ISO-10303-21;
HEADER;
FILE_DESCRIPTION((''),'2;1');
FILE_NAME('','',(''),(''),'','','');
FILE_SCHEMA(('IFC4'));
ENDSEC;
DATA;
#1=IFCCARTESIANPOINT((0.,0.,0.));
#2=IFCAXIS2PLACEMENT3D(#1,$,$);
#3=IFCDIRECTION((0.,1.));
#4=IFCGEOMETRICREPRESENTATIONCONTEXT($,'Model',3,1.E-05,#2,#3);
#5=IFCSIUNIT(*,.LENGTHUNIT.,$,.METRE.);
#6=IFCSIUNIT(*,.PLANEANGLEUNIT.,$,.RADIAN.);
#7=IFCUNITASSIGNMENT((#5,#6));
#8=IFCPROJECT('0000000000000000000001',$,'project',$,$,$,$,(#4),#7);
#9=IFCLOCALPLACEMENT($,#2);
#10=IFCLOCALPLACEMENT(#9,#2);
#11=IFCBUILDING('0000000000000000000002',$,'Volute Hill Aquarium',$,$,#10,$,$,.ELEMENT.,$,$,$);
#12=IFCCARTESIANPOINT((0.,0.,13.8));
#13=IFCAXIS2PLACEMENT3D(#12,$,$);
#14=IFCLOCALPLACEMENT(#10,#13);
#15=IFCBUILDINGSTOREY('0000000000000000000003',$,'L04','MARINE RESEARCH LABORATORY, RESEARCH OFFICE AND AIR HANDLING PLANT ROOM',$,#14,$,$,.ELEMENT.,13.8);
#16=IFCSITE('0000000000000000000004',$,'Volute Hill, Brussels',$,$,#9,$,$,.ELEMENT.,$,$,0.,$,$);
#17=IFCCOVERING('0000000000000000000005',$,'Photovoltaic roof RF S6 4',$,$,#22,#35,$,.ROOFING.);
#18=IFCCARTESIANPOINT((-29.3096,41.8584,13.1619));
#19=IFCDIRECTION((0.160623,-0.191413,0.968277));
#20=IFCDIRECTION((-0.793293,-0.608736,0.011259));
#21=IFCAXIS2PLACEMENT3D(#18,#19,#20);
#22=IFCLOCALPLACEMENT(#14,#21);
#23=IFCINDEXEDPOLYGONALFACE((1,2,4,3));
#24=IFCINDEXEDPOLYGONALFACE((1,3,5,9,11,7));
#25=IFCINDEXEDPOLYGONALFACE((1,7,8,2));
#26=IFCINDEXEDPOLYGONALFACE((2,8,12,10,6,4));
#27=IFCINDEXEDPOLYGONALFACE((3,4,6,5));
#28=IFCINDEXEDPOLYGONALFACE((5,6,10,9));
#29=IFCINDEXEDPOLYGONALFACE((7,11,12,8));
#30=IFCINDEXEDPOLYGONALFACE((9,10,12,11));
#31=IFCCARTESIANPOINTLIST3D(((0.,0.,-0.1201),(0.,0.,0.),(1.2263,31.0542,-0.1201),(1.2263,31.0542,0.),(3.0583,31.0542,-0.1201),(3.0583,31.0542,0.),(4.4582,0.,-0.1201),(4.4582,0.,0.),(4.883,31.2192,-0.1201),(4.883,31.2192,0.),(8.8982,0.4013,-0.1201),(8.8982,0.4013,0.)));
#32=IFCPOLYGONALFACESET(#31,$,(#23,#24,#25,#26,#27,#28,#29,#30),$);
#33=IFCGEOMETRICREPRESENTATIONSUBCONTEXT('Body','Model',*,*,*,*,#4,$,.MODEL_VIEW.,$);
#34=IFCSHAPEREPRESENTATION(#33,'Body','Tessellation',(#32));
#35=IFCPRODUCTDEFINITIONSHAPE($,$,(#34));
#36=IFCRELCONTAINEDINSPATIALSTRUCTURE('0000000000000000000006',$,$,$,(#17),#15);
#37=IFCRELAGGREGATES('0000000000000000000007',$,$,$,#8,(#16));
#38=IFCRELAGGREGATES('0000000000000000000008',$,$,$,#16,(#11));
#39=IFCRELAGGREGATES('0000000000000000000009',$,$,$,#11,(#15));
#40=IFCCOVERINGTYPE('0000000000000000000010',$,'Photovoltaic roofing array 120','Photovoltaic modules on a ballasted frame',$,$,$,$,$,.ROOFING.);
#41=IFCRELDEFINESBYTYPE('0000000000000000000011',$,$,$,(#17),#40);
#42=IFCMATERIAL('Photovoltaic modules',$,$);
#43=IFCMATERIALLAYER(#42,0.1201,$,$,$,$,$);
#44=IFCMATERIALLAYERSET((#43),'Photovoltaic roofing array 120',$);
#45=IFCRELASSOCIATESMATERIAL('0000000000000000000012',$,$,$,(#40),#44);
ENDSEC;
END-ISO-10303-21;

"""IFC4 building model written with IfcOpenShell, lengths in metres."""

from ifc_helpers import new_model, si_unit, direction, frame, origin, place, context, subcontext, project, spatial, polyline, outline, extrude, material, layer, layer_set, type_object, element, save


model = new_model("IFC4")

# Units and contexts
model_context = context("Model", 3, precision=1e-05, world=origin(), true_north=direction((0.0, 1.0)))
body_context = subcontext(model_context, "Body", "Model", "MODEL_VIEW")
ifc_project = project(units=[si_unit("LENGTHUNIT", "METRE"), si_unit("PLANEANGLEUNIT", "RADIAN")], contexts=[model_context])

# Site, building, storey
site_placement = place(None, origin())
site = spatial("IfcSite", under=ifc_project, at=site_placement, Name="Volute Hill, Brussels", CompositionType="ELEMENT", RefElevation=0.0)
building_placement = place(site_placement, origin())
building = spatial("IfcBuilding", under=site, at=building_placement, Name="Volute Hill Aquarium", CompositionType="ELEMENT")
storey_placement = place(building_placement, frame((0.0, 0.0, 13.8)))
storey = spatial("IfcBuildingStorey", under=building, at=storey_placement, Name="L04", Description="MARINE RESEARCH LABORATORY, RESEARCH OFFICE AND AIR HANDLING PLANT ROOM", CompositionType="ELEMENT", Elevation=13.8)

# Covering
ifc_material_1 = material(Name="Photovoltaic modules")
ifc_layer_1 = layer(ifc_material_1, 0.1201)
ifc_layer_set_1 = layer_set([ifc_layer_1], Name="Photovoltaic roofing array 120")
covering_type_1 = type_object("IfcCoveringType", Name="Photovoltaic roofing array 120", Description="Photovoltaic modules on a ballasted frame", PredefinedType="ROOFING", material=ifc_layer_set_1)
covering_1_placement = place(storey_placement, frame((-29.3096, 41.8584, 13.1619), z_axis=(0.160623, -0.191413, 0.968277), x_axis=(-0.793293, -0.608736, 0.011259)))
element("IfcCovering", 1, at=covering_1_placement, inside=storey, type_object=covering_type_1, Name="Photovoltaic roof RF S6 4", PredefinedType="ROOFING", context=body_context, shape_type="SweptSolid", body=[
    extrude(outline(polyline([(0.0, 0.0), (4.4582, 0.0), (8.8982, 0.4013), (4.883, 31.2192), (3.0583, 31.0542), (1.2263, 31.0542), (0.0, 0.0)])), origin(), (0.0, 0.0, -1.0), 0.1201),
])

save(model, "model.ifc")
